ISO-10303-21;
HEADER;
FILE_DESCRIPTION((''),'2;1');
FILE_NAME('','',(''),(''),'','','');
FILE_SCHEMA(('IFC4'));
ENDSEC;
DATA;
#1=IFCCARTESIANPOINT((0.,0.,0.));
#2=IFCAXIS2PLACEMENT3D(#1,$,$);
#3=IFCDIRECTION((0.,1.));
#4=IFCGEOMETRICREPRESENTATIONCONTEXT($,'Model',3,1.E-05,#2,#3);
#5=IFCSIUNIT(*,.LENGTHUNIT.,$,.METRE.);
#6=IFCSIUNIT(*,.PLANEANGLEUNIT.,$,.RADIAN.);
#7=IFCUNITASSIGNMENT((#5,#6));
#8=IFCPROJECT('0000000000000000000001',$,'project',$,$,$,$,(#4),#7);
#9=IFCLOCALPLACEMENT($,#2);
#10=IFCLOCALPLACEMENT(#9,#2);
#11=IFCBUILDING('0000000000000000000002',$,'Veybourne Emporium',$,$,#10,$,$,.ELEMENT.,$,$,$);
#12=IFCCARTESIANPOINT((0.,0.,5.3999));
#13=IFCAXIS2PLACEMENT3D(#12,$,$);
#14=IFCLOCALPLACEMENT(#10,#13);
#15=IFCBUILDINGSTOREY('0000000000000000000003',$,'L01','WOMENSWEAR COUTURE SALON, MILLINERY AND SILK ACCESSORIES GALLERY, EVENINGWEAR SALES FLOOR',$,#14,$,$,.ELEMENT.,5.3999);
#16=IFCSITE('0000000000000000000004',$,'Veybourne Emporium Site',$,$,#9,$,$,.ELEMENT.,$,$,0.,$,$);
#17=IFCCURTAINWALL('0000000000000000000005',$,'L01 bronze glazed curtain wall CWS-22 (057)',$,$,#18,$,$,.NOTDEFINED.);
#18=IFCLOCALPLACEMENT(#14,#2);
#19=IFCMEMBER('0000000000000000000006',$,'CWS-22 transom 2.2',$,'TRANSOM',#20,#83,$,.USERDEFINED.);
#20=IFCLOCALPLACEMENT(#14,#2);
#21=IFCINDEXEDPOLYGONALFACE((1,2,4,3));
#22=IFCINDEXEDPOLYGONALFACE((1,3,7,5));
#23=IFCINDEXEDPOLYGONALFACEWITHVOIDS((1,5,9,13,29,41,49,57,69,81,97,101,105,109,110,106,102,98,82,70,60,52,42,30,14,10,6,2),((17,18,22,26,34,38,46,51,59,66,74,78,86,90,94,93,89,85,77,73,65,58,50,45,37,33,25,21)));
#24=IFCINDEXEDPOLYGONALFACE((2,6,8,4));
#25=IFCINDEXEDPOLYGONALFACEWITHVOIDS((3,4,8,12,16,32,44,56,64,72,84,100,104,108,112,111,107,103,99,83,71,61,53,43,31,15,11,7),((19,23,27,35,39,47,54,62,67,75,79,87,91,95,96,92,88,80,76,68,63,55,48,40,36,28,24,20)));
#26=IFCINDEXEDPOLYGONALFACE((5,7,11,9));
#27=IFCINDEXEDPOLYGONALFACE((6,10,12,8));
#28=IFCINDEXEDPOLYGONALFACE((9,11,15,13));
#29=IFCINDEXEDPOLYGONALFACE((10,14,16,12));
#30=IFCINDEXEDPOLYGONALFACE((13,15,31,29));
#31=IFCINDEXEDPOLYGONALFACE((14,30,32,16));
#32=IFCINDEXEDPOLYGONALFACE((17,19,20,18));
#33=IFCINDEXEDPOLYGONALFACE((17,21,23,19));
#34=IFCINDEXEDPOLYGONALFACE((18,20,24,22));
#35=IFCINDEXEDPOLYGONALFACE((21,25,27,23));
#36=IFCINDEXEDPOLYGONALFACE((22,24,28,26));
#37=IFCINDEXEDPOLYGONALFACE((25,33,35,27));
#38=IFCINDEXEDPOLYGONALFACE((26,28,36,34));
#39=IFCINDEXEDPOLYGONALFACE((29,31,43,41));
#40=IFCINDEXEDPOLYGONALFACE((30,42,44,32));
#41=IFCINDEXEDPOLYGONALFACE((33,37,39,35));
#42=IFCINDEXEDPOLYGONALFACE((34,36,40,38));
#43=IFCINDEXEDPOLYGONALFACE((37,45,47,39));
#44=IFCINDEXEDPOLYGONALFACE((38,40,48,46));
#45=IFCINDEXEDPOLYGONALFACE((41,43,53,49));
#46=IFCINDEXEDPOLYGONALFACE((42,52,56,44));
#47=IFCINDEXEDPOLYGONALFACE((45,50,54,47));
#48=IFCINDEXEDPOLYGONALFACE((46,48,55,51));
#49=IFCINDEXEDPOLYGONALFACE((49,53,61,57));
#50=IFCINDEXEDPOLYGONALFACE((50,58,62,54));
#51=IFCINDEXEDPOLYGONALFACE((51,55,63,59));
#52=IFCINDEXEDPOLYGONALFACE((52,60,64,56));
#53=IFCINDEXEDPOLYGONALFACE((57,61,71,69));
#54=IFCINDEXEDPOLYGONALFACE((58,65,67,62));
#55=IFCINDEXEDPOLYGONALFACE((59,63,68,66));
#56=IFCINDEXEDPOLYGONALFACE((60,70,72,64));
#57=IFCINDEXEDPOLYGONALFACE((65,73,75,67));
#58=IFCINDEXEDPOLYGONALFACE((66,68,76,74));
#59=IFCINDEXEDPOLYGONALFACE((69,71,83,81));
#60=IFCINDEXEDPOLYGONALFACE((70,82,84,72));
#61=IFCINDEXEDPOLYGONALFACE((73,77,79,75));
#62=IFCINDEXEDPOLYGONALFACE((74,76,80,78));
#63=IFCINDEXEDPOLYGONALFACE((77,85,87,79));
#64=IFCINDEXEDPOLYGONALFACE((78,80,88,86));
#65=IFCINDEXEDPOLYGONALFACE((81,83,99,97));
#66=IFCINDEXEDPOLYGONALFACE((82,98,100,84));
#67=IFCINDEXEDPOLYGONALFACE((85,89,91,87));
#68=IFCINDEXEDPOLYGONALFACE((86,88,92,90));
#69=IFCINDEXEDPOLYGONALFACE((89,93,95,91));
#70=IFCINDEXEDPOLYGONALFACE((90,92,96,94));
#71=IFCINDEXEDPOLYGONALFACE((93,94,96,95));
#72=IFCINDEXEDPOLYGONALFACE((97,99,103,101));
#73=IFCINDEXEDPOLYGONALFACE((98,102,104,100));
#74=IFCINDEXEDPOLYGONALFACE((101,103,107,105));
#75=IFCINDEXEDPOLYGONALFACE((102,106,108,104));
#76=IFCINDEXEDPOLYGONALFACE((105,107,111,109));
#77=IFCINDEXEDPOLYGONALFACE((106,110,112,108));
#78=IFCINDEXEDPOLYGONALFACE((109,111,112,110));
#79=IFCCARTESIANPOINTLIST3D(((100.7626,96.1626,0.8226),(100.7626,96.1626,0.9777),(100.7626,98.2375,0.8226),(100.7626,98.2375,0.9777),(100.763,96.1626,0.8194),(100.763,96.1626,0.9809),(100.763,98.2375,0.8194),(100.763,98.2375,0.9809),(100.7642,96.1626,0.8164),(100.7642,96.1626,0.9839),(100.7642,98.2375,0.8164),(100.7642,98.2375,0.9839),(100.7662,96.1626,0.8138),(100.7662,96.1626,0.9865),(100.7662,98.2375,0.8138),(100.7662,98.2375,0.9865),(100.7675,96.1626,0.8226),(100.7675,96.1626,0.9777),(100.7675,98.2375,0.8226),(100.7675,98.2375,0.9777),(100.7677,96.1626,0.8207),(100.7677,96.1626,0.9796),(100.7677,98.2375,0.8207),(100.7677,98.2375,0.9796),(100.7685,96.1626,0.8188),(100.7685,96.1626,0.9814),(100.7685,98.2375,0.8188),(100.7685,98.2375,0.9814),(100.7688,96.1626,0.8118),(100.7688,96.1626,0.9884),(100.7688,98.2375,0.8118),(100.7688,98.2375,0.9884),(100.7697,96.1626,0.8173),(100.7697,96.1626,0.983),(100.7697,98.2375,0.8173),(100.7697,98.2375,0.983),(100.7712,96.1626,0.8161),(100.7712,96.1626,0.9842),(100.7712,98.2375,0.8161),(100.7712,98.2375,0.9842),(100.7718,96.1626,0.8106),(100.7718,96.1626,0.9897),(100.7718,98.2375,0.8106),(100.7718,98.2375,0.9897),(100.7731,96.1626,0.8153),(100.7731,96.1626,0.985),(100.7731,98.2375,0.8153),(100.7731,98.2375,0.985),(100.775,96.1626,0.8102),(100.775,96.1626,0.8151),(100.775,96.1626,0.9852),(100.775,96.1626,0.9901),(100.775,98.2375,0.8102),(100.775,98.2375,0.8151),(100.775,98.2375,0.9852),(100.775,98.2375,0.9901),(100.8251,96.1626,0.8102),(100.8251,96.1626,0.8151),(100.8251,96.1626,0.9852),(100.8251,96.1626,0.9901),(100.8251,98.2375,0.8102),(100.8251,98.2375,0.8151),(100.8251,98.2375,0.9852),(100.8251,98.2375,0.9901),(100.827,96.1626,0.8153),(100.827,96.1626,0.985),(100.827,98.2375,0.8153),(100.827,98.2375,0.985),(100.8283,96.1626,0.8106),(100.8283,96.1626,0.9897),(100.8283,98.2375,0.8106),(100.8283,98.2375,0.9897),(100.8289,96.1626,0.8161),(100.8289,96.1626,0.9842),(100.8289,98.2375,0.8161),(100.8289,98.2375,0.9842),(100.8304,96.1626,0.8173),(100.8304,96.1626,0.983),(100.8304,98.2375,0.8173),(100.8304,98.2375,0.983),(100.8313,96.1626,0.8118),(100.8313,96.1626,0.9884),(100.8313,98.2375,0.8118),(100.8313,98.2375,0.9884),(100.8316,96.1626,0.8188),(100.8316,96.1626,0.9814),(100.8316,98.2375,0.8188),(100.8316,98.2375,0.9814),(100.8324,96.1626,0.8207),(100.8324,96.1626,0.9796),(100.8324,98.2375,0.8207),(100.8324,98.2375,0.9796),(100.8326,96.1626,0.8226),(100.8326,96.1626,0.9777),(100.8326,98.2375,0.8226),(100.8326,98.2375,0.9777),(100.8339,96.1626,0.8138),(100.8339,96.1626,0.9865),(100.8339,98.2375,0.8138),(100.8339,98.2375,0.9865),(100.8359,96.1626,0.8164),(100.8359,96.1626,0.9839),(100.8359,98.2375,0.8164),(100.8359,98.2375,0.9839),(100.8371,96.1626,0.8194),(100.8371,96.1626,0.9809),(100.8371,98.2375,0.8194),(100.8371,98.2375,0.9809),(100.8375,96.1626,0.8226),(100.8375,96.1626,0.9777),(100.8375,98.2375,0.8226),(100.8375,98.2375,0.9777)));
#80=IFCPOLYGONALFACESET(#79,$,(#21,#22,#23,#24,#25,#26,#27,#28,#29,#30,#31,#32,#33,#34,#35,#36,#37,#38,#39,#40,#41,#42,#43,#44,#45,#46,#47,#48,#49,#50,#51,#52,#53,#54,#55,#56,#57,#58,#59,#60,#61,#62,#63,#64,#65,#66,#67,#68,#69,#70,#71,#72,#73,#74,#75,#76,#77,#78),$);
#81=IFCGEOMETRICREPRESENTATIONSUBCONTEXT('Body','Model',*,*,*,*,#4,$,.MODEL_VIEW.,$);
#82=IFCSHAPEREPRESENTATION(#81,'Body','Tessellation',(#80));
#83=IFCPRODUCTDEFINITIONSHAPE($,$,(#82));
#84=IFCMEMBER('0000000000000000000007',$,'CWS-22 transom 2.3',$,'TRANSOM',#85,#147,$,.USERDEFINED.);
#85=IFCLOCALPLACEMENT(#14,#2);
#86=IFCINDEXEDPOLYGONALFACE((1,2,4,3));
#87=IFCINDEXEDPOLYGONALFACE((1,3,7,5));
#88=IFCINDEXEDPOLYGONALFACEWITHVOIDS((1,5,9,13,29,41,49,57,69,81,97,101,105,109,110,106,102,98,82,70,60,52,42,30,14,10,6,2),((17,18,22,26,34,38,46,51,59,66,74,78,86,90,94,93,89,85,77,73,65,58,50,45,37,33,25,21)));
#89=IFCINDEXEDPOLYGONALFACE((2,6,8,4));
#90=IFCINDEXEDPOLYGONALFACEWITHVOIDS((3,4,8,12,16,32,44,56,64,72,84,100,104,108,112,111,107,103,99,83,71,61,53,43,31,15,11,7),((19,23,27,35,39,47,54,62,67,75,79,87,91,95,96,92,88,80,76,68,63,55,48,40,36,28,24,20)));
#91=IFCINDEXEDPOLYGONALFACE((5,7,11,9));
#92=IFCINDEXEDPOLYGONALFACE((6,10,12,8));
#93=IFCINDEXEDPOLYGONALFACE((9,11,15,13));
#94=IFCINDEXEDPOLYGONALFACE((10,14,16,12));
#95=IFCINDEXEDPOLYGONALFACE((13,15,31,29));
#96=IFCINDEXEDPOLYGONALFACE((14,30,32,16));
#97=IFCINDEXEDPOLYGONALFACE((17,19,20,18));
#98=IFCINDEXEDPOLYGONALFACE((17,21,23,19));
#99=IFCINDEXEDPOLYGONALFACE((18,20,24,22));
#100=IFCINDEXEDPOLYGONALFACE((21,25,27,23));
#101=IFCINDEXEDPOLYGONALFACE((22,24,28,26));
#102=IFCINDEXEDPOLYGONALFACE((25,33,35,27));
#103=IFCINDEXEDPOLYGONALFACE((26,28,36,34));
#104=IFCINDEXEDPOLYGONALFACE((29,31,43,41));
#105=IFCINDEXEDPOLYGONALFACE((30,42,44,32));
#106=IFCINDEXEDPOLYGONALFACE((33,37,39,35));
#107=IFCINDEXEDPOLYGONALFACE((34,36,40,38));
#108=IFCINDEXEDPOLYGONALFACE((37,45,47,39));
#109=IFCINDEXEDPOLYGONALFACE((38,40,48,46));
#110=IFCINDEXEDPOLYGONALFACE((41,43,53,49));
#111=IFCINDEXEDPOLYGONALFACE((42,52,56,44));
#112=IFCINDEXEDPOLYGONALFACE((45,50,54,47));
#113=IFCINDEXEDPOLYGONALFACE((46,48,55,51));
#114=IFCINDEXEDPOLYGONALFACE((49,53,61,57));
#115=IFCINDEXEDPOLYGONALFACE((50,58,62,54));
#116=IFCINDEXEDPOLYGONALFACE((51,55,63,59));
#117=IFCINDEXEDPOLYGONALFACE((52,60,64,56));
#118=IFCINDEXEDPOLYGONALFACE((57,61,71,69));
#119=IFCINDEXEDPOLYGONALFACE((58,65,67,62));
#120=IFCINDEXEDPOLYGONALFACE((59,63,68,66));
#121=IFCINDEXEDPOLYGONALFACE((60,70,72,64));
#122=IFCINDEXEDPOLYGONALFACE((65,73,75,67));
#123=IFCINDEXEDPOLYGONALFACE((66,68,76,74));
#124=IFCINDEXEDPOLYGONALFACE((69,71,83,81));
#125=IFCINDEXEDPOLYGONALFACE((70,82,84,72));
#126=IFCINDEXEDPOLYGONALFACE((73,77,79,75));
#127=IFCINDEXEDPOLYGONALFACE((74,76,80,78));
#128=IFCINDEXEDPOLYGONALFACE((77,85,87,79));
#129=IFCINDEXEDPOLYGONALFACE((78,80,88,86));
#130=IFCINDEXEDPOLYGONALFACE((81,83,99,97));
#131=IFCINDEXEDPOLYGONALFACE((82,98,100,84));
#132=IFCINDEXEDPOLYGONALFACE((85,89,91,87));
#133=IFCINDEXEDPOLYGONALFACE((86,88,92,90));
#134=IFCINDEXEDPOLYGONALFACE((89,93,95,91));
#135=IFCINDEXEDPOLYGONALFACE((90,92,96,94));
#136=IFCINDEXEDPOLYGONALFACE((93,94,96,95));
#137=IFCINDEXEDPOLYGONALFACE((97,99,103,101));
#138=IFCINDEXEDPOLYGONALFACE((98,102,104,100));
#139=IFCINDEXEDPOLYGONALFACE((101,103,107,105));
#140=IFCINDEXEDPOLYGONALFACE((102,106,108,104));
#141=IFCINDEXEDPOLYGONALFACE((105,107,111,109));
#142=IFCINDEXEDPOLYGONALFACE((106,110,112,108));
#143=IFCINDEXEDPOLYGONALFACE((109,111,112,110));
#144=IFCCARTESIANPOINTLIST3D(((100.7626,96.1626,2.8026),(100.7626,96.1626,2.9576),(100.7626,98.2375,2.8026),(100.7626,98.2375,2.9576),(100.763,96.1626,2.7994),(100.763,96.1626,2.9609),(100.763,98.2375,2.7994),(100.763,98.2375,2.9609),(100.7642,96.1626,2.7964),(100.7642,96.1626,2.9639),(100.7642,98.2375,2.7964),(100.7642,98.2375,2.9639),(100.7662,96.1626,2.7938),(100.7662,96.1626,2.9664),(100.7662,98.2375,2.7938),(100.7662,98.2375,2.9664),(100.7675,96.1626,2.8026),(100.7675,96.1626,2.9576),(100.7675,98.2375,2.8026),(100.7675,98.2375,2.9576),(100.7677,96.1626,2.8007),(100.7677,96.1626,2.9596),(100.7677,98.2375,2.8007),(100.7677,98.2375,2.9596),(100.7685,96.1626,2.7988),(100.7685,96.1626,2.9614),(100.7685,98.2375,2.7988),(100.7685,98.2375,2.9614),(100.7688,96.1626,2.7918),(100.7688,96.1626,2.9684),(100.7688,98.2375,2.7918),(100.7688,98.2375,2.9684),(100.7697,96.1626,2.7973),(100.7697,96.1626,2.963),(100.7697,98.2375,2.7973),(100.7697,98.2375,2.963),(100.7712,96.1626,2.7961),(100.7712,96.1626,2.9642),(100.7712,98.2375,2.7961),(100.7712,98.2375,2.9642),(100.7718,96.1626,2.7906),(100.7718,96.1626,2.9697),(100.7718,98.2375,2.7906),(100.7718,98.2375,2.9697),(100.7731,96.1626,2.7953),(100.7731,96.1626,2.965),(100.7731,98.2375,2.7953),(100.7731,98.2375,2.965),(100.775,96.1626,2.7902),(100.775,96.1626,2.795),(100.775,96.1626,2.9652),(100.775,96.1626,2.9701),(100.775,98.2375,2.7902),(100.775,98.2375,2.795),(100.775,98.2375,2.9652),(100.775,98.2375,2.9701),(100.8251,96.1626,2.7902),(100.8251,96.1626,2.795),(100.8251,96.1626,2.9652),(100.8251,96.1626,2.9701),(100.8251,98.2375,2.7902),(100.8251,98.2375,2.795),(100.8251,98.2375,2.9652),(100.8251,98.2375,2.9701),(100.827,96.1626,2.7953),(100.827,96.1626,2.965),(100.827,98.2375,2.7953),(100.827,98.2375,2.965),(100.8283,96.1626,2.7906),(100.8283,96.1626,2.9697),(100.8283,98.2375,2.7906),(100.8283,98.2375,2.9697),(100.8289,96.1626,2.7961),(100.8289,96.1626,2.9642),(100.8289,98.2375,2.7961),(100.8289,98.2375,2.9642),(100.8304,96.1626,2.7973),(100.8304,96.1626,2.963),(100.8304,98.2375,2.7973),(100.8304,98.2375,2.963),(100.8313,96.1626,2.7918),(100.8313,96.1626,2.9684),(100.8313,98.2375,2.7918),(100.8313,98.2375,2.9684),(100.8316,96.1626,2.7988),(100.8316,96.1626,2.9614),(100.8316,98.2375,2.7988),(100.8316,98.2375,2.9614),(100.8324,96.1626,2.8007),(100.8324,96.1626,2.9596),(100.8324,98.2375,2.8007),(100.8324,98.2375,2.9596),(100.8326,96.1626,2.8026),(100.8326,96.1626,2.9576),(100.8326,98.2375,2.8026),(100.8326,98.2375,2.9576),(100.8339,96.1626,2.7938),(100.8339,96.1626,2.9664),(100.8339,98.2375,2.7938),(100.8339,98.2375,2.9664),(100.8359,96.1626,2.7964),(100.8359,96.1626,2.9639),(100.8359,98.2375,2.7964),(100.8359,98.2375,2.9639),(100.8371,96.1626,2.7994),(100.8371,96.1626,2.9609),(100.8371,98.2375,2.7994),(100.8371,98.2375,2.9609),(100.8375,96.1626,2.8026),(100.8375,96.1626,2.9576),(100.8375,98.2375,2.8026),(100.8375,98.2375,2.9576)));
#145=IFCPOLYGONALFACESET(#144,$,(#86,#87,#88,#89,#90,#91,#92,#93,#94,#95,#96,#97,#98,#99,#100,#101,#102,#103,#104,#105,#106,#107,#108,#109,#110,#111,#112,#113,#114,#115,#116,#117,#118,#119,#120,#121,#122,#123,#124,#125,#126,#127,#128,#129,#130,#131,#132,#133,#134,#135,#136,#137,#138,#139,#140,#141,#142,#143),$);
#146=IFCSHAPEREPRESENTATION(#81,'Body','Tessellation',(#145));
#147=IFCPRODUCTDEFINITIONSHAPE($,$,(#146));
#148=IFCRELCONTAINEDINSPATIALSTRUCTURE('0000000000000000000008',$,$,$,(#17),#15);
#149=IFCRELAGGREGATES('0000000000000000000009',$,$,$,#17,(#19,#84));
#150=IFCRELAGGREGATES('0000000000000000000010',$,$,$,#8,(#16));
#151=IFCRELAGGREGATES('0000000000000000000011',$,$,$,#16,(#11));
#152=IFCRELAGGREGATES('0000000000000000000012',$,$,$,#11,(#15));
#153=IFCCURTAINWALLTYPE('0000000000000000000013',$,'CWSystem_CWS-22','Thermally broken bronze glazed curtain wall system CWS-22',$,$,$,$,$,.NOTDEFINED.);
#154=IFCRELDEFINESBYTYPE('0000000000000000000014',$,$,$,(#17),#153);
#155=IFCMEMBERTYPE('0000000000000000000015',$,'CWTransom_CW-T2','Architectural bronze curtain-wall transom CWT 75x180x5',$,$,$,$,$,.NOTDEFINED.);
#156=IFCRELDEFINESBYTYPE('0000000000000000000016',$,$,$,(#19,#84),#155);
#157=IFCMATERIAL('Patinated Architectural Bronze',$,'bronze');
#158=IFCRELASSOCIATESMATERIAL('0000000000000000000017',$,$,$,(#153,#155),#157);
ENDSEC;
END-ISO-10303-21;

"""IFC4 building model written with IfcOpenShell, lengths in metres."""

from ifc_helpers import new_model, si_unit, direction, frame, origin, origin_2d, place, context, subcontext, project, spatial, hollow_rectangle, extrude, material, material_profile, profile_set, type_object, element, aggregate, save


model = new_model("IFC4")

# Units and contexts
model_context = context("Model", 3, precision=1e-05, world=origin(), true_north=direction((0.0, 1.0)))
body_context = subcontext(model_context, "Body", "Model", "MODEL_VIEW")
ifc_project = project(units=[si_unit("LENGTHUNIT", "METRE"), si_unit("PLANEANGLEUNIT", "RADIAN")], contexts=[model_context])

# Site, building, storey
site_placement = place(None, origin())
site = spatial("IfcSite", under=ifc_project, at=site_placement, Name="Veybourne Emporium Site", CompositionType="ELEMENT", RefElevation=0.0)
building_placement = place(site_placement, origin())
building = spatial("IfcBuilding", under=site, at=building_placement, Name="Veybourne Emporium", CompositionType="ELEMENT")
storey_placement = place(building_placement, frame((0.0, 0.0, 5.3999)))
storey = spatial("IfcBuildingStorey", under=building, at=storey_placement, Name="L01", Description="WOMENSWEAR COUTURE SALON, MILLINERY AND SILK ACCESSORIES GALLERY, EVENINGWEAR SALES FLOOR", CompositionType="ELEMENT", Elevation=5.3999)

# Curtain wall, members
ifc_material_1 = material(Name="Patinated Architectural Bronze", Category="bronze")
curtain_wall_type = type_object("IfcCurtainWallType", Name="CWSystem_CWS-22", Description="Thermally broken bronze glazed curtain wall system CWS-22", PredefinedType="NOTDEFINED", material=ifc_material_1)
curtain_wall_placement = place(storey_placement, origin())
curtain_wall = element("IfcCurtainWall", 1, at=curtain_wall_placement, inside=storey, type_object=curtain_wall_type, Name="L01 bronze glazed curtain wall CWS-22 (057)", PredefinedType="NOTDEFINED")
ifc_material_profile_1 = material_profile(ifc_material_1, hollow_rectangle(XDim=0.075, YDim=0.1799, WallThickness=0.0049, InnerFilletRadius=0.0076, OuterFilletRadius=0.0125, at=origin_2d()), Name="CWT 75x180x5")
ifc_profile_set_1 = profile_set([ifc_material_profile_1], Name="Patinated Architectural Bronze")
member_type_1 = type_object("IfcMemberType", Name="CWTransom_CW-T2", Description="Architectural bronze curtain-wall transom CWT 75x180x5", PredefinedType="NOTDEFINED", material=ifc_profile_set_1)
member_1_placement = place(storey_placement, frame((100.8, 98.2375, 0.9001), z_axis=(0.0, -1.0, 0.0), x_axis=(1.0, 0.0, 0.0)))
member_1 = element("IfcMember", 2, at=member_1_placement, type_object=member_type_1, Name="CWS-22 transom 2.2", ObjectType="TRANSOM", PredefinedType="USERDEFINED", context=body_context, shape_type="SweptSolid", body=[
    extrude(hollow_rectangle(XDim=0.075, YDim=0.1799, WallThickness=0.0049, InnerFilletRadius=0.0076, OuterFilletRadius=0.0125, at=origin_2d()), origin(), (0.0, 0.0, 1.0), 2.075),
])
member_2_placement = place(storey_placement, frame((100.8, 98.2375, 2.8801), z_axis=(0.0, -1.0, 0.0), x_axis=(1.0, 0.0, 0.0)))
member_2 = element("IfcMember", 3, at=member_2_placement, type_object=member_type_1, Name="CWS-22 transom 2.3", ObjectType="TRANSOM", PredefinedType="USERDEFINED", context=body_context, shape_type="SweptSolid", body=[
    extrude(hollow_rectangle(XDim=0.075, YDim=0.1799, WallThickness=0.0049, InnerFilletRadius=0.0076, OuterFilletRadius=0.0125, at=origin_2d()), origin(), (0.0, 0.0, 1.0), 2.075),
])
aggregate(curtain_wall, [member_1, member_2])

save(model, "model.ifc")
